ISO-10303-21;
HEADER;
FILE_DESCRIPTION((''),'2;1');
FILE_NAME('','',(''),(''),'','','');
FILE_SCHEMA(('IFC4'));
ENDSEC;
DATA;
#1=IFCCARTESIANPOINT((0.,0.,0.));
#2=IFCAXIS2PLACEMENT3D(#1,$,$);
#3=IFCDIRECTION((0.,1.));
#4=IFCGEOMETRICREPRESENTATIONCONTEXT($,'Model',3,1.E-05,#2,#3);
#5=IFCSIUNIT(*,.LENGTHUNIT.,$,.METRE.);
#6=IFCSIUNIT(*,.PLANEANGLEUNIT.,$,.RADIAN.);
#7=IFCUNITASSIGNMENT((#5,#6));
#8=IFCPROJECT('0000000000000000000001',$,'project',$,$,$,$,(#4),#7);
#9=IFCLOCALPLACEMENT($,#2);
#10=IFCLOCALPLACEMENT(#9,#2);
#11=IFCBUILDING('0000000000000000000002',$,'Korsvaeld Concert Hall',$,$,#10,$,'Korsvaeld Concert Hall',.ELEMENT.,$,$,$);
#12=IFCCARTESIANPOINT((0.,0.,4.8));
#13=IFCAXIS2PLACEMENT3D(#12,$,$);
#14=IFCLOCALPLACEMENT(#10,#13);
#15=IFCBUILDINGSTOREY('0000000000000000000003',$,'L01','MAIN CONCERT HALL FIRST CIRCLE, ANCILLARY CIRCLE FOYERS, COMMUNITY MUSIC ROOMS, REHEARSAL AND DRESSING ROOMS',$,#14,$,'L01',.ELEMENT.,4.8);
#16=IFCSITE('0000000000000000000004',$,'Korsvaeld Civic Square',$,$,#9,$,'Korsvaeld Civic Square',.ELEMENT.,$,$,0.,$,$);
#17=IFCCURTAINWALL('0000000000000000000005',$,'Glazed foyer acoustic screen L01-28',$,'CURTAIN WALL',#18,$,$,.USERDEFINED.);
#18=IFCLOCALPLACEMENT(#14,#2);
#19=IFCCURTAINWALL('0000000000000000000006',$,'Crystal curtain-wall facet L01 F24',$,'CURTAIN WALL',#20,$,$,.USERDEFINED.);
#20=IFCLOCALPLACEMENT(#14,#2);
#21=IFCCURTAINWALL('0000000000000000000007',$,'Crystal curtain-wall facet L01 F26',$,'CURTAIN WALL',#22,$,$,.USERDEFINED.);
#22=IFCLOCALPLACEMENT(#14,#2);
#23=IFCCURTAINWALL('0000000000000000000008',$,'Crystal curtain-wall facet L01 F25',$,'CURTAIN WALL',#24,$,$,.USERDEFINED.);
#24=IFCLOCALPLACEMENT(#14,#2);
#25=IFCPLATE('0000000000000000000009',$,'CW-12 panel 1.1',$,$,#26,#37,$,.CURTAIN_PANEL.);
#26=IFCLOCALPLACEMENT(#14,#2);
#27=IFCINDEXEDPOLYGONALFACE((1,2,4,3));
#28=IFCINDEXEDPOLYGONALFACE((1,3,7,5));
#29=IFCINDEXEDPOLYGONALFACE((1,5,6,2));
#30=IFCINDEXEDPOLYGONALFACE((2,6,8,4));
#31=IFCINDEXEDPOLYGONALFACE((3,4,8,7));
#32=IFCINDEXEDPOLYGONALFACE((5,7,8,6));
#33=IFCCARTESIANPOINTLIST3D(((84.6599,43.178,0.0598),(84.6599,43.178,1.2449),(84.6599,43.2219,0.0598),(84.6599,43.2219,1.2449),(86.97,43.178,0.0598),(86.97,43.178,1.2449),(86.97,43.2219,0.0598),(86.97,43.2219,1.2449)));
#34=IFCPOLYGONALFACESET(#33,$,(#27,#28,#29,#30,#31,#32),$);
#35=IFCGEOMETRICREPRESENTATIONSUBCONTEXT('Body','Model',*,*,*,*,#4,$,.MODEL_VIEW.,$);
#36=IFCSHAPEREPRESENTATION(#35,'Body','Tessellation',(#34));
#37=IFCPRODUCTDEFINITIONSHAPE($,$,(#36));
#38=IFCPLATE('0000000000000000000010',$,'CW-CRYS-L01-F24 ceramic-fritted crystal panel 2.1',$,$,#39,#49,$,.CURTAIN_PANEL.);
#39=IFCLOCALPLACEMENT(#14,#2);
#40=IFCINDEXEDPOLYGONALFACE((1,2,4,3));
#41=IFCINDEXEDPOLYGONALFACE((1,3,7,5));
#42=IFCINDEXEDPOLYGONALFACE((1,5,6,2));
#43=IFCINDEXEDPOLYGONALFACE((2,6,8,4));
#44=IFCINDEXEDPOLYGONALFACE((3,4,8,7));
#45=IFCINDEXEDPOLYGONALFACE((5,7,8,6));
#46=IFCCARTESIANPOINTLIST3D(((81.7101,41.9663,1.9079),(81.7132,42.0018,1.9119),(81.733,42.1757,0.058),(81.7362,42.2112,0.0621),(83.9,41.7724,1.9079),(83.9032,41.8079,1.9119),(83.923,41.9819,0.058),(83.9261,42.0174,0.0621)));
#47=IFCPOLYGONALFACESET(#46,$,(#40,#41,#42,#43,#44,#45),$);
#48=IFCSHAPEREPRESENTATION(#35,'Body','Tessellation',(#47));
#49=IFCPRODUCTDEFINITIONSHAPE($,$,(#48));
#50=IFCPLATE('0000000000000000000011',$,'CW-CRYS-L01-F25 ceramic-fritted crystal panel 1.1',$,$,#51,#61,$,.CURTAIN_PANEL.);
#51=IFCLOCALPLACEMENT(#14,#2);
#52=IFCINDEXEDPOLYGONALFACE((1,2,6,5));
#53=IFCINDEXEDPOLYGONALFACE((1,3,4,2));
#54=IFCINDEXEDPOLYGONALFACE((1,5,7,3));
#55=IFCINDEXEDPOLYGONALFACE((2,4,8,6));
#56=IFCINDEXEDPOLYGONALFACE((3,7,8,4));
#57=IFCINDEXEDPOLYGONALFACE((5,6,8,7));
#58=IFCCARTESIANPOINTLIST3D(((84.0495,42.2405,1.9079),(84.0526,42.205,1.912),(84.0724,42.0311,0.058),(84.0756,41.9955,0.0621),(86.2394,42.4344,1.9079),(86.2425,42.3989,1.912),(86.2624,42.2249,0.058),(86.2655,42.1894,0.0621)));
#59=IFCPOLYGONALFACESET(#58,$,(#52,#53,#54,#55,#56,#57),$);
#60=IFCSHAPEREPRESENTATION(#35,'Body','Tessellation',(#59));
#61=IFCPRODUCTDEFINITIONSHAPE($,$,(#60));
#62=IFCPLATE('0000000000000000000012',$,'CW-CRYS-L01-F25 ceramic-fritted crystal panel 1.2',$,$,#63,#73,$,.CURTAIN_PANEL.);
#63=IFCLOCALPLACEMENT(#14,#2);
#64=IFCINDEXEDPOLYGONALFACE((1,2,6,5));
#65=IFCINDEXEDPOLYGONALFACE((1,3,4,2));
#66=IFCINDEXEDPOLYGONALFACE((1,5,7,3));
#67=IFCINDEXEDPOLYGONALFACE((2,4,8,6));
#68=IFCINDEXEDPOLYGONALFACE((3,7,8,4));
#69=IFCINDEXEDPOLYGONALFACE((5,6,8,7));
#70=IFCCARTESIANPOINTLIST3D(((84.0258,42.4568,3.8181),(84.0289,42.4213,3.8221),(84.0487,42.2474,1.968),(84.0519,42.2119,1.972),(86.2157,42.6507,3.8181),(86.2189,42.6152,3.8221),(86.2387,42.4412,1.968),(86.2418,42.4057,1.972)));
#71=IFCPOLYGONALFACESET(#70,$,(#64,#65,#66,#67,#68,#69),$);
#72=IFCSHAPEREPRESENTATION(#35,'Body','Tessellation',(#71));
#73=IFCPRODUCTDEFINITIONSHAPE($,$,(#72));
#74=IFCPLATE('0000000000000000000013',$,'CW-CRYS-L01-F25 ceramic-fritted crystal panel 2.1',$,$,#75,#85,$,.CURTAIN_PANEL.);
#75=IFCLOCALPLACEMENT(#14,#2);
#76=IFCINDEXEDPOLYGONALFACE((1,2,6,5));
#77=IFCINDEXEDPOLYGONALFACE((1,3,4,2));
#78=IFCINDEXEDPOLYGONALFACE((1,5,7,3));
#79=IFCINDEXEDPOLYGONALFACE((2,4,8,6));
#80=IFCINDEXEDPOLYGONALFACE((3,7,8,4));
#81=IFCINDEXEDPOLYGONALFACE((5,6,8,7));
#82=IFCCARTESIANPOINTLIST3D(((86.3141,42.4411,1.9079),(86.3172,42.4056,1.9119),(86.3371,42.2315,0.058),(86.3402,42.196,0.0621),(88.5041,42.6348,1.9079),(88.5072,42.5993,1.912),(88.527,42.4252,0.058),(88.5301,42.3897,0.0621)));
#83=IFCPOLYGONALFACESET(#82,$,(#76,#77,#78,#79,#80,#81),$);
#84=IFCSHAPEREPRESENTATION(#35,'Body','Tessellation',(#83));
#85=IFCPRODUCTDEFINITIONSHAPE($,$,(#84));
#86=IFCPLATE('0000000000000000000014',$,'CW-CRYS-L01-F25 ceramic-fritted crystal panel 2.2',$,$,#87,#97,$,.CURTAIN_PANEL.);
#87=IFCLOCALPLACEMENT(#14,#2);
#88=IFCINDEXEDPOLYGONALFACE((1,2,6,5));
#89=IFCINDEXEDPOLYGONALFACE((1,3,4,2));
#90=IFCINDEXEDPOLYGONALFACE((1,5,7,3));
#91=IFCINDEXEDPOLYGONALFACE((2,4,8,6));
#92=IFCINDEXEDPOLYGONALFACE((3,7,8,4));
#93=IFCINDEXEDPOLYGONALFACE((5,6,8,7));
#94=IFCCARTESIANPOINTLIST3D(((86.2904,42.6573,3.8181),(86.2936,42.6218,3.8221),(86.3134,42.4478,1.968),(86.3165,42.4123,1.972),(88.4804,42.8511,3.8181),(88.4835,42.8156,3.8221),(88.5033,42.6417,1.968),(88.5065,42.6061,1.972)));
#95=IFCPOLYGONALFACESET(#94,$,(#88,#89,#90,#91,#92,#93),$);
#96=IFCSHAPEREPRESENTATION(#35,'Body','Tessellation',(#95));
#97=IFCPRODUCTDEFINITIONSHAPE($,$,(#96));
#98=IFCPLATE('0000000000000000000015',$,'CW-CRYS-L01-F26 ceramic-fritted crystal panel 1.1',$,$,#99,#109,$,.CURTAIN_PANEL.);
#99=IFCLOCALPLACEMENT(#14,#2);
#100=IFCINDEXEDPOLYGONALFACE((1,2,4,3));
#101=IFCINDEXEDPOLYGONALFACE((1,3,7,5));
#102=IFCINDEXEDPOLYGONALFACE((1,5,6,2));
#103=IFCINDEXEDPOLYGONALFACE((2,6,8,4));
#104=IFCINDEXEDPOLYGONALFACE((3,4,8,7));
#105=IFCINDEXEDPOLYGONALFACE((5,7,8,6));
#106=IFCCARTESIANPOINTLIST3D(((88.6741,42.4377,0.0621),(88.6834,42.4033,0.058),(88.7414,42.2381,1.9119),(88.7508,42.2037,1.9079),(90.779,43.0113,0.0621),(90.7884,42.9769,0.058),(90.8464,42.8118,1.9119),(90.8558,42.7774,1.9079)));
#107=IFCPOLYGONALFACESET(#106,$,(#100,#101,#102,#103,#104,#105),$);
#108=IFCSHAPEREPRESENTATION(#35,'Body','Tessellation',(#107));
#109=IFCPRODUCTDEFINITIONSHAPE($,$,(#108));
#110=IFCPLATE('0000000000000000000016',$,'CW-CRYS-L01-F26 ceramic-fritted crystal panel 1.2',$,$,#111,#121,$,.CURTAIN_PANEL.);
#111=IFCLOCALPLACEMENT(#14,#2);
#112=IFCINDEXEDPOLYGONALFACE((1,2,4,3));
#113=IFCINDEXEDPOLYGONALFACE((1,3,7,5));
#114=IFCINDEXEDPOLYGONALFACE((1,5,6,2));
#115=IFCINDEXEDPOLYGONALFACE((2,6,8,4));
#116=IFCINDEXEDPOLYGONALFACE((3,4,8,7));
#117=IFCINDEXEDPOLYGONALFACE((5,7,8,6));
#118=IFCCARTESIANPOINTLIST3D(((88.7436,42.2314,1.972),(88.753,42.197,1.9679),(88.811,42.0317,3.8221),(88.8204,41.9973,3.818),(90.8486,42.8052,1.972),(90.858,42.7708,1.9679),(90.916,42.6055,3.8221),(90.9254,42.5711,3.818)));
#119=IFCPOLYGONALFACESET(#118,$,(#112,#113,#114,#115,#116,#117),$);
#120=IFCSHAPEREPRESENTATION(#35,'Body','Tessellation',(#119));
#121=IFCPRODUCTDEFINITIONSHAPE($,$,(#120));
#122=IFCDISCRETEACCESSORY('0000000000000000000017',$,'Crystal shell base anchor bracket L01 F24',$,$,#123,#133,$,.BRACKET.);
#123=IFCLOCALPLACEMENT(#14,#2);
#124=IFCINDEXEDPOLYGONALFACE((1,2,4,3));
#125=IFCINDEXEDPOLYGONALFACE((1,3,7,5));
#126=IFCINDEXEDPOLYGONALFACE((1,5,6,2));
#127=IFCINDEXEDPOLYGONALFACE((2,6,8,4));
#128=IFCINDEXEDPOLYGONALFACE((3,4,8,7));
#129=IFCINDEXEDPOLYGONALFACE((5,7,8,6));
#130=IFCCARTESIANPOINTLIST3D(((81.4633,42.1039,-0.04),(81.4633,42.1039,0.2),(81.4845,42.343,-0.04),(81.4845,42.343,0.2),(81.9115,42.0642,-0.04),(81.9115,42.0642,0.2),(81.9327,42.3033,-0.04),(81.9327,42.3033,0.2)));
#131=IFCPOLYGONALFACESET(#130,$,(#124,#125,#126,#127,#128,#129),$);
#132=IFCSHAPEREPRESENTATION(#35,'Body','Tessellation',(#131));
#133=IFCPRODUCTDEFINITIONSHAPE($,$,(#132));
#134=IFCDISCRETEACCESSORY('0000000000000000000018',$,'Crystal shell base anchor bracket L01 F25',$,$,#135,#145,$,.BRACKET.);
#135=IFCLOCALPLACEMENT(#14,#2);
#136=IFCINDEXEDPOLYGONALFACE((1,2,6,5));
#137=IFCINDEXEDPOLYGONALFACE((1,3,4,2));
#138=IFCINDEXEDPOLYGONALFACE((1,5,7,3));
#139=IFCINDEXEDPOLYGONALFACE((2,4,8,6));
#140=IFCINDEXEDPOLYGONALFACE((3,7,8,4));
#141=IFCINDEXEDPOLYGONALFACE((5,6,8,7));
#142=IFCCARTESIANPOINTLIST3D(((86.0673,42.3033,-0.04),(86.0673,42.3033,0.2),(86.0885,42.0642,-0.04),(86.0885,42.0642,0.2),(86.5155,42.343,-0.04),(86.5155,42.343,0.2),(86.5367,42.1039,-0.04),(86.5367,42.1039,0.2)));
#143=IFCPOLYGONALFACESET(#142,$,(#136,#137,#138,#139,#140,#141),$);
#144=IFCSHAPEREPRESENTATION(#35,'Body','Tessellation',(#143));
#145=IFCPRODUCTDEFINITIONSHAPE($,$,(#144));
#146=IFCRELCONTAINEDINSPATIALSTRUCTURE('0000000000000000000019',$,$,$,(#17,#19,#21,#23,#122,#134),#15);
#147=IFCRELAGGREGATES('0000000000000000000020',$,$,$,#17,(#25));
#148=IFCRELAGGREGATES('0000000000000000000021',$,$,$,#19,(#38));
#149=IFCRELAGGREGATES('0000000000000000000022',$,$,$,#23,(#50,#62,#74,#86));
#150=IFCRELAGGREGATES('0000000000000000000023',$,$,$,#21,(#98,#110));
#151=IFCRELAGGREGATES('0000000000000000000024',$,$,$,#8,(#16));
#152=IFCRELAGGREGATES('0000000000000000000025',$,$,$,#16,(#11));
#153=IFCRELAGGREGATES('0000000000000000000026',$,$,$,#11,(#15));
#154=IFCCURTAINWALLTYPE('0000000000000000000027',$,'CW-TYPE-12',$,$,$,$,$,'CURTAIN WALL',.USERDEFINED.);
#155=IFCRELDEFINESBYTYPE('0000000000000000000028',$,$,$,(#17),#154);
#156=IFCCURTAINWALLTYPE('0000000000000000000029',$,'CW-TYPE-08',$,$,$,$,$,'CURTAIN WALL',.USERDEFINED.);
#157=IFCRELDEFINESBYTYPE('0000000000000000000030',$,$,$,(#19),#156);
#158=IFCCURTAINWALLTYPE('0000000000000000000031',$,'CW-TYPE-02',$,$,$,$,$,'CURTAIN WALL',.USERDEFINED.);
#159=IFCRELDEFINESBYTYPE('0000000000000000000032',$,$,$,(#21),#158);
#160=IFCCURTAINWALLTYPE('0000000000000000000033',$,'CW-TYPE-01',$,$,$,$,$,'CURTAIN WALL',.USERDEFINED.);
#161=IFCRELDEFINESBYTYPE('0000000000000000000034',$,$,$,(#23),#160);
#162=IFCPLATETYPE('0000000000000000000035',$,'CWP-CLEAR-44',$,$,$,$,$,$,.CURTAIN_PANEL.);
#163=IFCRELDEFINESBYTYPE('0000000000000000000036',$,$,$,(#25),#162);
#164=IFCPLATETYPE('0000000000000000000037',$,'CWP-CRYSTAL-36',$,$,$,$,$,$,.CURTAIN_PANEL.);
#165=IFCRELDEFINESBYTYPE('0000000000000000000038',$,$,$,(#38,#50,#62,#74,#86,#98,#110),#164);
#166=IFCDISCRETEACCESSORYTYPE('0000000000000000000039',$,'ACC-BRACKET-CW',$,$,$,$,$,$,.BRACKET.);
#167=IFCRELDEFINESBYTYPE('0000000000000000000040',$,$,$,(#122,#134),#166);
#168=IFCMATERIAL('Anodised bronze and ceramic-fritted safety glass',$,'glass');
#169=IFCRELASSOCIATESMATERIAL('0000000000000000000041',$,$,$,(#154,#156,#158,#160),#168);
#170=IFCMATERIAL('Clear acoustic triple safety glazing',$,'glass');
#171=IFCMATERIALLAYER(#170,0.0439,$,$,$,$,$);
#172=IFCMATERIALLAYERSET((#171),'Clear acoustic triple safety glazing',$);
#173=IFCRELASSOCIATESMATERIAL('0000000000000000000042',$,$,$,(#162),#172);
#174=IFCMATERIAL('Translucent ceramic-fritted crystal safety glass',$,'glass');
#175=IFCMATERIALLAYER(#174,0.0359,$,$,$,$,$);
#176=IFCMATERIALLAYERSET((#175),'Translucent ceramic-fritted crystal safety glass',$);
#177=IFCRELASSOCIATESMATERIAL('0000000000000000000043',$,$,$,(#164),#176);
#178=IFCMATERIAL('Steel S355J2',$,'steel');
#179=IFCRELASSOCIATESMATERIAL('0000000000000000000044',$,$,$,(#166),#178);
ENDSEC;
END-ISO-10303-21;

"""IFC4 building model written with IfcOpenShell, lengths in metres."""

from ifc_helpers import new_model, si_unit, direction, frame, origin, origin_2d, place, context, subcontext, project, spatial, polyline, rectangle, outline, extrude, material, layer, layer_set, type_object, element, aggregate, save


model = new_model("IFC4")

# Units and contexts
model_context = context("Model", 3, precision=1e-05, world=origin(), true_north=direction((0.0, 1.0)))
body_context = subcontext(model_context, "Body", "Model", "MODEL_VIEW")
ifc_project = project(units=[si_unit("LENGTHUNIT", "METRE"), si_unit("PLANEANGLEUNIT", "RADIAN")], contexts=[model_context])

# Site, building, storey
site_placement = place(None, origin())
site = spatial("IfcSite", under=ifc_project, at=site_placement, Name="Korsvaeld Civic Square", LongName="Korsvaeld Civic Square", CompositionType="ELEMENT", RefElevation=0.0)
building_placement = place(site_placement, origin())
building = spatial("IfcBuilding", under=site, at=building_placement, Name="Korsvaeld Concert Hall", LongName="Korsvaeld Concert Hall", CompositionType="ELEMENT")
storey_placement = place(building_placement, frame((0.0, 0.0, 4.8)))
storey = spatial("IfcBuildingStorey", under=building, at=storey_placement, Name="L01", Description="MAIN CONCERT HALL FIRST CIRCLE, ANCILLARY CIRCLE FOYERS, COMMUNITY MUSIC ROOMS, REHEARSAL AND DRESSING ROOMS", LongName="L01", CompositionType="ELEMENT", Elevation=4.8)

# Curtain walls
ifc_material_1 = material(Name="Anodised bronze and ceramic-fritted safety glass", Category="glass")
curtain_wall_type_1 = type_object("IfcCurtainWallType", Name="CW-TYPE-12", ElementType="CURTAIN WALL", PredefinedType="USERDEFINED", material=ifc_material_1)
curtain_wall_1_placement = place(storey_placement, origin())
curtain_wall_1 = element("IfcCurtainWall", 1, at=curtain_wall_1_placement, inside=storey, type_object=curtain_wall_type_1, Name="Glazed foyer acoustic screen L01-28", ObjectType="CURTAIN WALL", PredefinedType="USERDEFINED")
curtain_wall_type_2 = type_object("IfcCurtainWallType", Name="CW-TYPE-08", ElementType="CURTAIN WALL", PredefinedType="USERDEFINED", material=ifc_material_1)
curtain_wall_2_placement = place(storey_placement, origin())
curtain_wall_2 = element("IfcCurtainWall", 2, at=curtain_wall_2_placement, inside=storey, type_object=curtain_wall_type_2, Name="Crystal curtain-wall facet L01 F24", ObjectType="CURTAIN WALL", PredefinedType="USERDEFINED")
curtain_wall_type_3 = type_object("IfcCurtainWallType", Name="CW-TYPE-02", ElementType="CURTAIN WALL", PredefinedType="USERDEFINED", material=ifc_material_1)
curtain_wall_3_placement = place(storey_placement, origin())
curtain_wall_3 = element("IfcCurtainWall", 3, at=curtain_wall_3_placement, inside=storey, type_object=curtain_wall_type_3, Name="Crystal curtain-wall facet L01 F26", ObjectType="CURTAIN WALL", PredefinedType="USERDEFINED")

# Curtain wall
curtain_wall_type_4 = type_object("IfcCurtainWallType", Name="CW-TYPE-01", ElementType="CURTAIN WALL", PredefinedType="USERDEFINED", material=ifc_material_1)
curtain_wall_4_placement = place(storey_placement, origin())
curtain_wall_4 = element("IfcCurtainWall", 4, at=curtain_wall_4_placement, inside=storey, type_object=curtain_wall_type_4, Name="Crystal curtain-wall facet L01 F25", ObjectType="CURTAIN WALL", PredefinedType="USERDEFINED")

# Plates
ifc_material_2 = material(Name="Clear acoustic triple safety glazing", Category="glass")
ifc_layer_1 = layer(ifc_material_2, 0.0439)
ifc_layer_set_1 = layer_set([ifc_layer_1], Name="Clear acoustic triple safety glazing")
plate_type_1 = type_object("IfcPlateType", Name="CWP-CLEAR-44", PredefinedType="CURTAIN_PANEL", material=ifc_layer_set_1)
plate_1_placement = place(storey_placement, frame((85.8149, 43.2, 0.0598), z_axis=(0.0, 0.0, 1.0), x_axis=(1.0, 0.0, 0.0)))
plate_1 = element("IfcPlate", 5, at=plate_1_placement, type_object=plate_type_1, Name="CW-12 panel 1.1", PredefinedType="CURTAIN_PANEL", context=body_context, shape_type="SweptSolid", body=[
    extrude(rectangle(XDim=2.3101, YDim=0.0439, at=origin_2d()), origin(), (0.0, 0.0, 1.0), 1.1851),
])
aggregate(curtain_wall_1, [plate_1])
ifc_material_3 = material(Name="Translucent ceramic-fritted crystal safety glass", Category="glass")
ifc_layer_2 = layer(ifc_material_3, 0.0359)
ifc_layer_set_2 = layer_set([ifc_layer_2], Name="Translucent ceramic-fritted crystal safety glass")
plate_type_2 = type_object("IfcPlateType", Name="CWP-CRYSTAL-36", PredefinedType="CURTAIN_PANEL", material=ifc_layer_set_2)
plate_2_placement = place(storey_placement, frame((81.7346, 42.1936, 0.0601), z_axis=(-0.087606, -0.989707, -0.113159), x_axis=(0.996105, -0.088173, 0.0)))
plate_2 = element("IfcPlate", 6, at=plate_2_placement, type_object=plate_type_2, Name="CW-CRYS-L01-F24 ceramic-fritted crystal panel 2.1", PredefinedType="CURTAIN_PANEL", context=body_context, shape_type="SweptSolid", body=[
    extrude(outline(polyline([(0.0, 0.0), (2.1985, 0.0), (2.1941, 1.8618), (-0.0044, 1.8618), (0.0, 0.0)])), frame((0.0, 0.0, 0.0181)), (0.0, 0.0, -1.0), 0.0359),
])
aggregate(curtain_wall_2, [plate_2])
plate_3_placement = place(storey_placement, frame((84.074, 42.0134, 0.0601), z_axis=(0.087606, -0.989707, 0.113159), x_axis=(0.996105, 0.088173, 0.0)))
plate_3 = element("IfcPlate", 7, at=plate_3_placement, type_object=plate_type_2, Name="CW-CRYS-L01-F25 ceramic-fritted crystal panel 1.1", PredefinedType="CURTAIN_PANEL", context=body_context, shape_type="SweptSolid", body=[
    extrude(outline(polyline([(0.0, 0.0), (2.1985, 0.0), (2.1941, 1.8618), (-0.0044, 1.8618), (0.0, 0.0)])), frame((0.0, 0.0, 0.0181)), (0.0, 0.0, -1.0), 0.0359),
])
plate_4_placement = place(storey_placement, frame((84.0503, 42.2297, 1.97), z_axis=(0.087606, -0.989709, 0.113144), x_axis=(0.996105, 0.088173, 0.0)))
plate_4 = element("IfcPlate", 8, at=plate_4_placement, type_object=plate_type_2, Name="CW-CRYS-L01-F25 ceramic-fritted crystal panel 1.2", PredefinedType="CURTAIN_PANEL", context=body_context, shape_type="SweptSolid", body=[
    extrude(outline(polyline([(0.0, 0.0), (2.1985, 0.0), (2.1941, 1.8621), (-0.0044, 1.8621), (0.0, 0.0)])), frame((0.0, 0.0, 0.0181)), (0.0, 0.0, -1.0), 0.0359),
])
plate_5_placement = place(storey_placement, frame((86.3386, 42.2139, 0.0601), z_axis=(0.087551, -0.989705, 0.113223), x_axis=(0.99611, 0.088117, -0.000006)))
plate_5 = element("IfcPlate", 9, at=plate_5_placement, type_object=plate_type_2, Name="CW-CRYS-L01-F25 ceramic-fritted crystal panel 2.1", PredefinedType="CURTAIN_PANEL", context=body_context, shape_type="SweptSolid", body=[
    extrude(outline(polyline([(0.0, 0.0), (2.1985, 0.0), (2.1941, 1.8618), (-0.0044, 1.8618), (0.0, 0.0)])), frame((0.0, 0.0, 0.0181)), (0.0, 0.0, -1.0), 0.0359),
])
plate_6_placement = place(storey_placement, frame((86.3149, 42.4302, 1.97), z_axis=(0.087606, -0.989709, 0.113144), x_axis=(0.996105, 0.088173, 0.0)))
plate_6 = element("IfcPlate", 10, at=plate_6_placement, type_object=plate_type_2, Name="CW-CRYS-L01-F25 ceramic-fritted crystal panel 2.2", PredefinedType="CURTAIN_PANEL", context=body_context, shape_type="SweptSolid", body=[
    extrude(outline(polyline([(0.0, 0.0), (2.1985, 0.0), (2.1941, 1.8621), (-0.0044, 1.8621), (0.0, 0.0)])), frame((0.0, 0.0, 0.0181)), (0.0, 0.0, -1.0), 0.0359),
])
aggregate(curtain_wall_4, [plate_3, plate_4, plate_5, plate_6])
plate_7_placement = place(storey_placement, frame((88.6787, 42.4207, 0.0601), z_axis=(0.261231, -0.958646, -0.112946), x_axis=(0.96482, 0.262913, 0.000006)))
plate_7 = element("IfcPlate", 11, at=plate_7_placement, type_object=plate_type_2, Name="CW-CRYS-L01-F26 ceramic-fritted crystal panel 1.1", PredefinedType="CURTAIN_PANEL", context=body_context, shape_type="SweptSolid", body=[
    extrude(outline(polyline([(0.0, 0.0), (2.1817, 0.0), (2.1943, 1.8618), (0.0125, 1.8618), (0.0, 0.0)])), frame((0.0, 0.0, 0.0181)), (0.0, 0.0, -1.0), 0.0359),
])
plate_8_placement = place(storey_placement, frame((88.7483, 42.2144, 1.97), z_axis=(0.261282, -0.958626, -0.112994), x_axis=(0.964805, 0.262966, 0.0)))
plate_8 = element("IfcPlate", 12, at=plate_8_placement, type_object=plate_type_2, Name="CW-CRYS-L01-F26 ceramic-fritted crystal panel 1.2", PredefinedType="CURTAIN_PANEL", context=body_context, shape_type="SweptSolid", body=[
    extrude(outline(polyline([(0.0, 0.0), (2.1818, 0.0), (2.1943, 1.862), (0.0125, 1.862), (0.0, 0.0)])), frame((0.0, 0.0, 0.0181)), (0.0, 0.0, -1.0), 0.0359),
])
aggregate(curtain_wall_3, [plate_7, plate_8])

# Discrete accessories
ifc_material_4 = material(Name="Steel S355J2", Category="steel")
discrete_accessory_type = type_object("IfcDiscreteAccessoryType", Name="ACC-BRACKET-CW", PredefinedType="BRACKET", material=ifc_material_4)
for number, where, z_axis, x_axis, name in (
    (13, (81.698, 42.2036, -0.04), (0.0, 0.0, 1.0), (0.996103, -0.088199, 0.0), "Crystal shell base anchor bracket L01 F24"),
    (14, (86.302, 42.2036, -0.04), (0.0, 0.0, 1.0), (0.996103, 0.088199, 0.0), "Crystal shell base anchor bracket L01 F25"),
):
    element("IfcDiscreteAccessory", number, at=place(storey_placement, frame(where, z_axis=z_axis, x_axis=x_axis)), inside=storey, type_object=discrete_accessory_type, Name=name, PredefinedType="BRACKET", context=body_context, shape_type="SweptSolid", body=[
        extrude(rectangle(XDim=0.45, YDim=0.24, at=origin_2d()), origin(), (0.0, 0.0, 1.0), 0.24),
    ])

save(model, "model.ifc")
